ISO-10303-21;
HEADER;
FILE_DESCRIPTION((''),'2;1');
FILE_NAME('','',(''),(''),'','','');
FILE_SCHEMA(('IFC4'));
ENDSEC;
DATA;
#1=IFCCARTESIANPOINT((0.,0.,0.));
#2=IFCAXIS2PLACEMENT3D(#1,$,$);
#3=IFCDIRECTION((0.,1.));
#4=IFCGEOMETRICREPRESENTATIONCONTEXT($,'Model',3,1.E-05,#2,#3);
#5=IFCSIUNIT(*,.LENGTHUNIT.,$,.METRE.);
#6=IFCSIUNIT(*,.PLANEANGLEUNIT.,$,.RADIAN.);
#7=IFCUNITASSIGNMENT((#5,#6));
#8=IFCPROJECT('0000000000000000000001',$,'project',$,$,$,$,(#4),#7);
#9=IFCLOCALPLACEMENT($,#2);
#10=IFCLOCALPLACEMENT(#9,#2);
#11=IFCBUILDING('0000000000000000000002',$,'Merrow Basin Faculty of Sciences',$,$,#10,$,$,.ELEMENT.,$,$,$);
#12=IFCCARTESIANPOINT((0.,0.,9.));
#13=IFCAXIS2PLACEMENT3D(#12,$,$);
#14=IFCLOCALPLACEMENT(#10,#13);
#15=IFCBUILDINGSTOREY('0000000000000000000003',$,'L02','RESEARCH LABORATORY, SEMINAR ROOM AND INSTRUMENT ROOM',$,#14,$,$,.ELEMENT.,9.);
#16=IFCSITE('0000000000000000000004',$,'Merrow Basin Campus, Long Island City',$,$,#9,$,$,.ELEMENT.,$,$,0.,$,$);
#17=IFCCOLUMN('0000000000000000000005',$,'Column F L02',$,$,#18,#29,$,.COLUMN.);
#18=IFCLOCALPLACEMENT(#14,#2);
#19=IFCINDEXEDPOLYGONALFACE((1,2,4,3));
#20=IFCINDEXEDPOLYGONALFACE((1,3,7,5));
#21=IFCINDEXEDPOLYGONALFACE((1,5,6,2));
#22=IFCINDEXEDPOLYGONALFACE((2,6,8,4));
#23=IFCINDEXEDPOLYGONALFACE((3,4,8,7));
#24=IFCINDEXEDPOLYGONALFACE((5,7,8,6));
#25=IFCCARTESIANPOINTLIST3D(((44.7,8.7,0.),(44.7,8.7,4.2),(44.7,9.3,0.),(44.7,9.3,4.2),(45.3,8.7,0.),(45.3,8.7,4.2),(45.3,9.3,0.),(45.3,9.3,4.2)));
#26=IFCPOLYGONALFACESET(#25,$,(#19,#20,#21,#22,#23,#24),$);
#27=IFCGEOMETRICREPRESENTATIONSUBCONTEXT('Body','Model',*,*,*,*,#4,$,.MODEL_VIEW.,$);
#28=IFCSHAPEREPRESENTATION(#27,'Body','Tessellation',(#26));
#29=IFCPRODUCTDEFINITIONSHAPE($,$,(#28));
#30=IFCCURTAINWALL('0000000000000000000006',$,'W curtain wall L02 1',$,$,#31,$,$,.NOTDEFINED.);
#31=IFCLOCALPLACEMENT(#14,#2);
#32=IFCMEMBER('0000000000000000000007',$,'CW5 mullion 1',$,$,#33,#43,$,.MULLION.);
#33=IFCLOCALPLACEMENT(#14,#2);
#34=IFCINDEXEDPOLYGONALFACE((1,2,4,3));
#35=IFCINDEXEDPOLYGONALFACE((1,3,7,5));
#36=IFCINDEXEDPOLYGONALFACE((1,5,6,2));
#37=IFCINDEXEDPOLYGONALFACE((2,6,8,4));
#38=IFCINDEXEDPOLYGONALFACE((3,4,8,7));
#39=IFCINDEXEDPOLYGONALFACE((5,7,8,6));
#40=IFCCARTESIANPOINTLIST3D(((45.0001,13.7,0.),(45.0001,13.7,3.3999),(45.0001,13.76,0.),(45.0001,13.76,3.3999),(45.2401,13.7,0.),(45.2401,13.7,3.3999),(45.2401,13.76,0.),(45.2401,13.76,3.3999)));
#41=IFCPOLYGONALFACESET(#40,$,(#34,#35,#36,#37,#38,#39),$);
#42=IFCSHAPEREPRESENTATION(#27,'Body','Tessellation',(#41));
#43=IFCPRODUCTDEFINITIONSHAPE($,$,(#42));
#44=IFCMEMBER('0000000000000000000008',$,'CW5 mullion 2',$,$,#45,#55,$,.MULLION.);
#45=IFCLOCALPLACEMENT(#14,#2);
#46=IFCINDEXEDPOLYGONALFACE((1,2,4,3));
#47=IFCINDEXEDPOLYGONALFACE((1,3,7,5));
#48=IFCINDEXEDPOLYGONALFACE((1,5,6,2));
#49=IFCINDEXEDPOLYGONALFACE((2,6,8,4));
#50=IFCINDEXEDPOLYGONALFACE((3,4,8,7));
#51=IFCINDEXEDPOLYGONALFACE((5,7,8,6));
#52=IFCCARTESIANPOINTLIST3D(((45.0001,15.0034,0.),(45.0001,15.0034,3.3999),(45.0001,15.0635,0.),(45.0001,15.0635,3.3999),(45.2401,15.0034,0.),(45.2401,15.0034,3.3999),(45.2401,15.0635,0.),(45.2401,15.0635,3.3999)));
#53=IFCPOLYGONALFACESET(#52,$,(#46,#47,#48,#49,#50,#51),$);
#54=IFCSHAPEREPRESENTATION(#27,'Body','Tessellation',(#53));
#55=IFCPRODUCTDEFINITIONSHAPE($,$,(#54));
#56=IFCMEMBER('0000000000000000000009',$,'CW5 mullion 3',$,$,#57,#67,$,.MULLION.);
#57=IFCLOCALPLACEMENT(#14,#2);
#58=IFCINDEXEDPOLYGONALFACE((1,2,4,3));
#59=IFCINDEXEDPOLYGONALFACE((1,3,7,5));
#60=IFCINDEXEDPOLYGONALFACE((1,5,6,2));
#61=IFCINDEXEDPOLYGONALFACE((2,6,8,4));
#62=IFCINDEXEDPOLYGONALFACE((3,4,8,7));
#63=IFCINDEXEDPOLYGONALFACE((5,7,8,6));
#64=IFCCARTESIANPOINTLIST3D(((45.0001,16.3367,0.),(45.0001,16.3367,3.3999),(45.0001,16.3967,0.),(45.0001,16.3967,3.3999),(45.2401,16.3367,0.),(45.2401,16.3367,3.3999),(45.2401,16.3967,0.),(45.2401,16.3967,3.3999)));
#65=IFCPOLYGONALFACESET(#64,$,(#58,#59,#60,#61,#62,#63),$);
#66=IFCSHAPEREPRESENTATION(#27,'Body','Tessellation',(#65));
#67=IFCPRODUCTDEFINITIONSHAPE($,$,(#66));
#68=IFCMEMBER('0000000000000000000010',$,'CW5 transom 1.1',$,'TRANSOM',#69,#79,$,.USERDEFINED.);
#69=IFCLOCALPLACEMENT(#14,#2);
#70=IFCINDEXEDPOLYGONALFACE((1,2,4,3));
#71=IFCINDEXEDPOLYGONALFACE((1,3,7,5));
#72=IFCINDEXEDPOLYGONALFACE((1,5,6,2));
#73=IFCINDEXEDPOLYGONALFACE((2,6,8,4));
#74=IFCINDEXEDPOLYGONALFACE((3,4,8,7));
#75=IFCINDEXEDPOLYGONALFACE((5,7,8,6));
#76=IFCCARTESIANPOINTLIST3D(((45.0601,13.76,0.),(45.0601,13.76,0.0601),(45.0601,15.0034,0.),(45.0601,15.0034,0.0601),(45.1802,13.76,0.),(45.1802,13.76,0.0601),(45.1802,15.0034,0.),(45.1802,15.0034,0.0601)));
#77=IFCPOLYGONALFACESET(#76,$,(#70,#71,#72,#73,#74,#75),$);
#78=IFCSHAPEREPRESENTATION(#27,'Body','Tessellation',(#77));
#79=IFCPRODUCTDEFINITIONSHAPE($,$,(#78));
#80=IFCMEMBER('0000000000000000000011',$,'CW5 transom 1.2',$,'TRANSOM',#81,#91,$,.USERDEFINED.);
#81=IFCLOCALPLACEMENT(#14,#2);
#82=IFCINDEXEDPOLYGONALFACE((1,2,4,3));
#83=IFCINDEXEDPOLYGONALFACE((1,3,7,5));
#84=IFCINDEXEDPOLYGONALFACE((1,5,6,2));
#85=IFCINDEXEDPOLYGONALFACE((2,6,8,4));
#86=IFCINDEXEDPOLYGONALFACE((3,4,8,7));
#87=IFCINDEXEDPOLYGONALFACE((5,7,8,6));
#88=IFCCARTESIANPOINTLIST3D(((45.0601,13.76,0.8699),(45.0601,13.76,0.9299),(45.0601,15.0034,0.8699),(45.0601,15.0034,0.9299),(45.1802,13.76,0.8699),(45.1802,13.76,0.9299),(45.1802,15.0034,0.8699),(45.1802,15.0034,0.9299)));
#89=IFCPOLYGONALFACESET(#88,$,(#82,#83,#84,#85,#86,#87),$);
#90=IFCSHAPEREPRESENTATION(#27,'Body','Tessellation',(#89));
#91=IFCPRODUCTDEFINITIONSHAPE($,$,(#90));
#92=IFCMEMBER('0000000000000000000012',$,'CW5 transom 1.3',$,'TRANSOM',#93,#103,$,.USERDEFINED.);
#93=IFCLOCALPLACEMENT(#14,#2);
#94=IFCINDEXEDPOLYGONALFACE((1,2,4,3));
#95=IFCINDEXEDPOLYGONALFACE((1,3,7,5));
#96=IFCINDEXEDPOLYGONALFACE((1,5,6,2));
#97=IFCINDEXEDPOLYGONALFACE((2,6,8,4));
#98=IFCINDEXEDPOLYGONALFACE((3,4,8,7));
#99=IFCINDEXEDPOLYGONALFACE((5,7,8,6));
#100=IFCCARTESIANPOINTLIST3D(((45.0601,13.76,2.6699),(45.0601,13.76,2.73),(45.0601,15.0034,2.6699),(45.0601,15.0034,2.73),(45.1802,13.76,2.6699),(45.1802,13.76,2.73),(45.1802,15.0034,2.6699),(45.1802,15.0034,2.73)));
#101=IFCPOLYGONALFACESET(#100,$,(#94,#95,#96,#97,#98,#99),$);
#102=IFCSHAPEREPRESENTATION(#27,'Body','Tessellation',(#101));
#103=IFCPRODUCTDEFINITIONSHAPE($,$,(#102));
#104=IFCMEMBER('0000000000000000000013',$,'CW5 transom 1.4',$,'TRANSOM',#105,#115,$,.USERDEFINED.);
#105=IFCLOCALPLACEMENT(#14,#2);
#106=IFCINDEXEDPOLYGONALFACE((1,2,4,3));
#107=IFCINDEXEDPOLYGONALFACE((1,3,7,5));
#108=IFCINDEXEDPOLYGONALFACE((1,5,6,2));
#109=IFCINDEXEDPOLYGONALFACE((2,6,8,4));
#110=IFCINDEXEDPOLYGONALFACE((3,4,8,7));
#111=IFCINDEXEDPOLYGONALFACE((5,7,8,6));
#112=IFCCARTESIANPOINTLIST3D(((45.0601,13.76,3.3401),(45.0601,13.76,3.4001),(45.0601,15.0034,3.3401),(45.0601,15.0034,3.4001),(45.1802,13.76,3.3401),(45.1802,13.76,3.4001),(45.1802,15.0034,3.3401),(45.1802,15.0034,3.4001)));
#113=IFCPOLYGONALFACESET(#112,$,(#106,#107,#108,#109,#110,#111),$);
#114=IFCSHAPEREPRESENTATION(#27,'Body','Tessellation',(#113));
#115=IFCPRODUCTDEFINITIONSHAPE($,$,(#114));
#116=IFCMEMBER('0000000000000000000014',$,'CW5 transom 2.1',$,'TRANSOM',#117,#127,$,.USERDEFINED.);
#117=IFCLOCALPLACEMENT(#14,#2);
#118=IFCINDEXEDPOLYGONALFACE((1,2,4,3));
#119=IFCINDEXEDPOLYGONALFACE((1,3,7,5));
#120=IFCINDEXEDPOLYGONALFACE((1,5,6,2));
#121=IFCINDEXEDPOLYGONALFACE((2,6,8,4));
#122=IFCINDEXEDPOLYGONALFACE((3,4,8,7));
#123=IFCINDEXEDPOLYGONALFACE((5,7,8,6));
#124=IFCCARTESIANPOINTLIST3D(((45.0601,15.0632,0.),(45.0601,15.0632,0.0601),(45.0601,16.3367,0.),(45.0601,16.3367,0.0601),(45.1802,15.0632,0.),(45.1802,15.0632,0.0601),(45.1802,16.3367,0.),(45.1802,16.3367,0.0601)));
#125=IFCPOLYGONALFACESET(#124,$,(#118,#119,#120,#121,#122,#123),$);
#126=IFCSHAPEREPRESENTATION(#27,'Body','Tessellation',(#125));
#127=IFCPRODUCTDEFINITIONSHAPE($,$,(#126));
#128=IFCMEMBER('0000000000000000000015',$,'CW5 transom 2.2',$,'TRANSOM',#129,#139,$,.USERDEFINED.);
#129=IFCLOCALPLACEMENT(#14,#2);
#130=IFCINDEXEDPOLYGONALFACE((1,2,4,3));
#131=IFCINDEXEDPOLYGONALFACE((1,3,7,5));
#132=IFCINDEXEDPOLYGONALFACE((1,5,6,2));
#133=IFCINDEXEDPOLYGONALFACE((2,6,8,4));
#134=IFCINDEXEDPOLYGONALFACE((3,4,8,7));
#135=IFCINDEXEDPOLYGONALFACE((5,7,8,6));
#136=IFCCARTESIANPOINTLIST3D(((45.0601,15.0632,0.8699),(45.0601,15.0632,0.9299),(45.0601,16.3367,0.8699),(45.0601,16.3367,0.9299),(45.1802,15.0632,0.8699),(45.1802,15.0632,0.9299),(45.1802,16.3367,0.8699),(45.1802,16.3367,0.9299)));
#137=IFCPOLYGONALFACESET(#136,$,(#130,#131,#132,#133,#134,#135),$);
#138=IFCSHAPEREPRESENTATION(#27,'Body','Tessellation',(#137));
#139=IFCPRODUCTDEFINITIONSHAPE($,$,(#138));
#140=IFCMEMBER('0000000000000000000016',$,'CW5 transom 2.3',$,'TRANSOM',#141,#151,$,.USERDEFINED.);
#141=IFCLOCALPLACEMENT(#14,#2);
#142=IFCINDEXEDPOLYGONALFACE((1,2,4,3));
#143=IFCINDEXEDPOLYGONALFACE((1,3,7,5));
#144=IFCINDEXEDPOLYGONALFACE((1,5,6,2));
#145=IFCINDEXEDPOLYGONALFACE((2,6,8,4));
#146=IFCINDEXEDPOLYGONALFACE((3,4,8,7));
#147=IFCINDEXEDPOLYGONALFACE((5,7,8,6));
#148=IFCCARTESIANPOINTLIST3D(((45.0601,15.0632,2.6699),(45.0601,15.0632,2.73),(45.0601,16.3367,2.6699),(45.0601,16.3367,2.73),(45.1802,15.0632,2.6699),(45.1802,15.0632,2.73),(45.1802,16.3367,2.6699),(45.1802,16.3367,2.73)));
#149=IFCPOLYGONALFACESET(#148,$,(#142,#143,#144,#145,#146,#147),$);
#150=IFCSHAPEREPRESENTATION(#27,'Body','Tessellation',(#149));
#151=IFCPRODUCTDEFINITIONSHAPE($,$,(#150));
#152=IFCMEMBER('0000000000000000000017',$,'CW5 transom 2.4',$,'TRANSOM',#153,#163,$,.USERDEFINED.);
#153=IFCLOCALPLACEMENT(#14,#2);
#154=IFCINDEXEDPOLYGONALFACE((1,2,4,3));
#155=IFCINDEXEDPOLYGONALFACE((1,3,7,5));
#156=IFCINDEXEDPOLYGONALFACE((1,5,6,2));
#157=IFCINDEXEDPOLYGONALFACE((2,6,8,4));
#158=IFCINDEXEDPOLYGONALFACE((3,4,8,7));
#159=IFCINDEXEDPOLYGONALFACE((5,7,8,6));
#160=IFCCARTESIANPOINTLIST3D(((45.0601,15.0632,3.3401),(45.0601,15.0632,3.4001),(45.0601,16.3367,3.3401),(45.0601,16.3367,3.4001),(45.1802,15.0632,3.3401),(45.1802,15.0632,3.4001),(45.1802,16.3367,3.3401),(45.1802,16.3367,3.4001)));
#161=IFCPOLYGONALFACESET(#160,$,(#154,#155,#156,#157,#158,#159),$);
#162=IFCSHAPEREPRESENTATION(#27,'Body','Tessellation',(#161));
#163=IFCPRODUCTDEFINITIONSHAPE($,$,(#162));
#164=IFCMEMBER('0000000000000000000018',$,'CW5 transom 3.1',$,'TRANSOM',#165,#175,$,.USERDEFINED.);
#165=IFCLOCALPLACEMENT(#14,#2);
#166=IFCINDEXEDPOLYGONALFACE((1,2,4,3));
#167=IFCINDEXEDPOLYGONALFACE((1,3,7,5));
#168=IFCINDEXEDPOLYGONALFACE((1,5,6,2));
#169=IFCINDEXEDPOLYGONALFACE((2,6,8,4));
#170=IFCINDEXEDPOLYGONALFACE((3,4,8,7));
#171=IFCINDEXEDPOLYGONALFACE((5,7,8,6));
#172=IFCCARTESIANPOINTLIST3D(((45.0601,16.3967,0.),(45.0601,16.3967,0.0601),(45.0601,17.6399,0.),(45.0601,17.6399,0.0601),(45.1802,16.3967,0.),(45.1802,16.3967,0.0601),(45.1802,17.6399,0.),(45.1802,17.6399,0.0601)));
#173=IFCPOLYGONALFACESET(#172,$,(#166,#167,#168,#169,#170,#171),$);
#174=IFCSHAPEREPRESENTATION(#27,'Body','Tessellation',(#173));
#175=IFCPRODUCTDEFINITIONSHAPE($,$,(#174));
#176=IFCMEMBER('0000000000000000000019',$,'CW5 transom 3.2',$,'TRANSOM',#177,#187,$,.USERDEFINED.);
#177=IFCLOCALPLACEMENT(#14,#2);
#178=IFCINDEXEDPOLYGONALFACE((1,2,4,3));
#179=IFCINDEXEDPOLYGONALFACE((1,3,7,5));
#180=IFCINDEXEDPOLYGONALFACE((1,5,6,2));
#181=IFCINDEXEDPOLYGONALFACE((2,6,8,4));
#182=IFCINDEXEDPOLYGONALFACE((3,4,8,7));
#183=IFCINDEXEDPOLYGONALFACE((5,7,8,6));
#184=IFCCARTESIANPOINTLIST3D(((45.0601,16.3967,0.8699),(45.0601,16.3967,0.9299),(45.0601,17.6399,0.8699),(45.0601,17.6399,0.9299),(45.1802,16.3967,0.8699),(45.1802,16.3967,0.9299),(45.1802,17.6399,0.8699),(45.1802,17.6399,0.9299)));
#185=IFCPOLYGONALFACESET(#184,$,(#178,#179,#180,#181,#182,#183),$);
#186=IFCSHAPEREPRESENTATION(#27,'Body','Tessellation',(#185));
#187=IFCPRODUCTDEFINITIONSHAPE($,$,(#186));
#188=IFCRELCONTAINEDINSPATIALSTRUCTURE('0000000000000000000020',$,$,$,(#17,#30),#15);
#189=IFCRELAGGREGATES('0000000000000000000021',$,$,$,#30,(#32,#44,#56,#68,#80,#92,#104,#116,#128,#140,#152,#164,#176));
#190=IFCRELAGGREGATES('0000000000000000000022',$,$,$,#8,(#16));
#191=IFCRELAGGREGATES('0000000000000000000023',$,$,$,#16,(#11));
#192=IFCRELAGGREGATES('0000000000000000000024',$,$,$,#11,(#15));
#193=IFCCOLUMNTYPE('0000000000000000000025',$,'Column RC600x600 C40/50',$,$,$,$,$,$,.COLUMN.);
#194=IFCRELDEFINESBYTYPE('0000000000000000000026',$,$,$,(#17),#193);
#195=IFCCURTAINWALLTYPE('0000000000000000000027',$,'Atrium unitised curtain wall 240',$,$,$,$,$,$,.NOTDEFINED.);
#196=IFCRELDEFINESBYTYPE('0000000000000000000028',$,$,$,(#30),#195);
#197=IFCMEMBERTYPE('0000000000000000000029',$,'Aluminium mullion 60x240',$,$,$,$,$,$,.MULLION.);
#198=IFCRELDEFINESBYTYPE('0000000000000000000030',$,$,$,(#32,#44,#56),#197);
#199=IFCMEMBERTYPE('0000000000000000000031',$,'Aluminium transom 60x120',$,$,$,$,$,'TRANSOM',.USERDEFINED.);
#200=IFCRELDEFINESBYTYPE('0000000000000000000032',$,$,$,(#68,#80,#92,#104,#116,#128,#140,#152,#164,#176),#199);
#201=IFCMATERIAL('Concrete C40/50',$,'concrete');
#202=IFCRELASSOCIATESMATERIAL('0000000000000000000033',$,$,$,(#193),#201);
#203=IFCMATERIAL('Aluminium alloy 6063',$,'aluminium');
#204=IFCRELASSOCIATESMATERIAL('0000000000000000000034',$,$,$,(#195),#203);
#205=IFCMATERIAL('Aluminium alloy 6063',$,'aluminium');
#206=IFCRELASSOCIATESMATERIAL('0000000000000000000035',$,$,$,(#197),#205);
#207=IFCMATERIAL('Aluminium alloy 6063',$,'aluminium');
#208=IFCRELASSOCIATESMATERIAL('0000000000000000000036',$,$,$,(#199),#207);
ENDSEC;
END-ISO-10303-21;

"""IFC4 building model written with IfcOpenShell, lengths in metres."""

from ifc_helpers import new_model, si_unit, direction, frame, origin, origin_2d, place, context, subcontext, project, spatial, rectangle, extrude, material, material_profile, profile_set, type_object, element, aggregate, save


model = new_model("IFC4")

# Units and contexts
model_context = context("Model", 3, precision=1e-05, world=origin(), true_north=direction((0.0, 1.0)))
body_context = subcontext(model_context, "Body", "Model", "MODEL_VIEW")
ifc_project = project(units=[si_unit("LENGTHUNIT", "METRE"), si_unit("PLANEANGLEUNIT", "RADIAN")], contexts=[model_context])

# Site, building, storey
site_placement = place(None, origin())
site = spatial("IfcSite", under=ifc_project, at=site_placement, Name="Merrow Basin Campus, Long Island City", CompositionType="ELEMENT", RefElevation=0.0)
building_placement = place(site_placement, origin())
building = spatial("IfcBuilding", under=site, at=building_placement, Name="Merrow Basin Faculty of Sciences", CompositionType="ELEMENT")
storey_placement = place(building_placement, frame((0.0, 0.0, 9.0)))
storey = spatial("IfcBuildingStorey", under=building, at=storey_placement, Name="L02", Description="RESEARCH LABORATORY, SEMINAR ROOM AND INSTRUMENT ROOM", CompositionType="ELEMENT", Elevation=9.0)

# Column
ifc_material_1 = material(Name="Concrete C40/50", Category="concrete")
ifc_material_profile_1 = material_profile(ifc_material_1, rectangle(XDim=0.6001, YDim=0.6001, at=origin_2d()))
ifc_profile_set_1 = profile_set([ifc_material_profile_1], Name="Concrete C40/50")
column_type = type_object("IfcColumnType", Name="Column RC600x600 C40/50", PredefinedType="COLUMN", material=ifc_profile_set_1)
column_placement = place(storey_placement, frame((45.0, 9.0, 0.0), z_axis=(0.0, 0.0, 1.0), x_axis=(1.0, 0.0, 0.0)))
element("IfcColumn", 1, at=column_placement, inside=storey, type_object=column_type, Name="Column F L02", PredefinedType="COLUMN", context=body_context, shape_type="SweptSolid", body=[
    extrude(rectangle(XDim=0.6001, YDim=0.6001, at=origin_2d()), origin(), (0.0, 0.0, 1.0), 4.2),
])

# Curtain wall, members
ifc_material_2 = material(Name="Aluminium alloy 6063", Category="aluminium")
curtain_wall_type = type_object("IfcCurtainWallType", Name="Atrium unitised curtain wall 240", PredefinedType="NOTDEFINED", material=ifc_material_2)
curtain_wall_placement = place(storey_placement, origin())
curtain_wall = element("IfcCurtainWall", 2, at=curtain_wall_placement, inside=storey, type_object=curtain_wall_type, Name="W curtain wall L02 1", PredefinedType="NOTDEFINED")
ifc_material_3 = material(Name="Aluminium alloy 6063", Category="aluminium")
ifc_material_profile_2 = material_profile(ifc_material_3, rectangle(XDim=0.24, YDim=0.0601, at=origin_2d()))
ifc_profile_set_2 = profile_set([ifc_material_profile_2], Name="Aluminium alloy 6063")
member_type_1 = type_object("IfcMemberType", Name="Aluminium mullion 60x240", PredefinedType="MULLION", material=ifc_profile_set_2)
member_1_placement = place(storey_placement, frame((45.1201, 13.73, 0.0), z_axis=(0.0, 0.0, 1.0), x_axis=(-1.0, 0.0, 0.0)))
member_1 = element("IfcMember", 3, at=member_1_placement, type_object=member_type_1, Name="CW5 mullion 1", PredefinedType="MULLION", context=body_context, shape_type="SweptSolid", body=[
    extrude(rectangle(XDim=0.24, YDim=0.0601, at=origin_2d()), origin(), (0.0, 0.0, 1.0), 3.3999),
])
member_2_placement = place(storey_placement, frame((45.1201, 15.0334, 0.0), z_axis=(0.0, 0.0, 1.0), x_axis=(-1.0, 0.0, 0.0)))
member_2 = element("IfcMember", 4, at=member_2_placement, type_object=member_type_1, Name="CW5 mullion 2", PredefinedType="MULLION", context=body_context, shape_type="SweptSolid", body=[
    extrude(rectangle(XDim=0.24, YDim=0.0601, at=origin_2d()), origin(), (0.0, 0.0, 1.0), 3.3999),
])
member_3_placement = place(storey_placement, frame((45.1201, 16.3667, 0.0), z_axis=(0.0, 0.0, 1.0), x_axis=(-1.0, 0.0, 0.0)))
member_3 = element("IfcMember", 5, at=member_3_placement, type_object=member_type_1, Name="CW5 mullion 3", PredefinedType="MULLION", context=body_context, shape_type="SweptSolid", body=[
    extrude(rectangle(XDim=0.24, YDim=0.0601, at=origin_2d()), origin(), (0.0, 0.0, 1.0), 3.3999),
])
ifc_material_4 = material(Name="Aluminium alloy 6063", Category="aluminium")
ifc_material_profile_3 = material_profile(ifc_material_4, rectangle(XDim=0.1201, YDim=0.0601, at=origin_2d()))
ifc_profile_set_3 = profile_set([ifc_material_profile_3], Name="Aluminium alloy 6063")
member_type_2 = type_object("IfcMemberType", Name="Aluminium transom 60x120", ElementType="TRANSOM", PredefinedType="USERDEFINED", material=ifc_profile_set_3)
member_4_placement = place(storey_placement, frame((45.1201, 13.76, 0.03), z_axis=(0.0, 1.0, 0.0), x_axis=(-1.0, 0.0, 0.0)))
member_4 = element("IfcMember", 6, at=member_4_placement, type_object=member_type_2, Name="CW5 transom 1.1", ObjectType="TRANSOM", PredefinedType="USERDEFINED", context=body_context, shape_type="SweptSolid", body=[
    extrude(rectangle(XDim=0.1201, YDim=0.0601, at=origin_2d()), origin(), (0.0, 0.0, 1.0), 1.2434),
])
member_5_placement = place(storey_placement, frame((45.1201, 13.76, 0.8999), z_axis=(0.0, 1.0, 0.0), x_axis=(-1.0, 0.0, 0.0)))
member_5 = element("IfcMember", 7, at=member_5_placement, type_object=member_type_2, Name="CW5 transom 1.2", ObjectType="TRANSOM", PredefinedType="USERDEFINED", context=body_context, shape_type="SweptSolid", body=[
    extrude(rectangle(XDim=0.1201, YDim=0.0601, at=origin_2d()), origin(), (0.0, 0.0, 1.0), 1.2434),
])
member_6_placement = place(storey_placement, frame((45.1201, 13.76, 2.7), z_axis=(0.0, 1.0, 0.0), x_axis=(-1.0, 0.0, 0.0)))
member_6 = element("IfcMember", 8, at=member_6_placement, type_object=member_type_2, Name="CW5 transom 1.3", ObjectType="TRANSOM", PredefinedType="USERDEFINED", context=body_context, shape_type="SweptSolid", body=[
    extrude(rectangle(XDim=0.1201, YDim=0.0601, at=origin_2d()), origin(), (0.0, 0.0, 1.0), 1.2434),
])
member_7_placement = place(storey_placement, frame((45.1201, 13.76, 3.3701), z_axis=(0.0, 1.0, 0.0), x_axis=(-1.0, 0.0, 0.0)))
member_7 = element("IfcMember", 9, at=member_7_placement, type_object=member_type_2, Name="CW5 transom 1.4", ObjectType="TRANSOM", PredefinedType="USERDEFINED", context=body_context, shape_type="SweptSolid", body=[
    extrude(rectangle(XDim=0.1201, YDim=0.0601, at=origin_2d()), origin(), (0.0, 0.0, 1.0), 1.2434),
])
member_8_placement = place(storey_placement, frame((45.1201, 15.0632, 0.03), z_axis=(0.0, 1.0, 0.0), x_axis=(-1.0, 0.0, 0.0)))
member_8 = element("IfcMember", 10, at=member_8_placement, type_object=member_type_2, Name="CW5 transom 2.1", ObjectType="TRANSOM", PredefinedType="USERDEFINED", context=body_context, shape_type="SweptSolid", body=[
    extrude(rectangle(XDim=0.1201, YDim=0.0601, at=origin_2d()), origin(), (0.0, 0.0, 1.0), 1.2734),
])
member_9_placement = place(storey_placement, frame((45.1201, 15.0632, 0.8999), z_axis=(0.0, 1.0, 0.0), x_axis=(-1.0, 0.0, 0.0)))
member_9 = element("IfcMember", 11, at=member_9_placement, type_object=member_type_2, Name="CW5 transom 2.2", ObjectType="TRANSOM", PredefinedType="USERDEFINED", context=body_context, shape_type="SweptSolid", body=[
    extrude(rectangle(XDim=0.1201, YDim=0.0601, at=origin_2d()), origin(), (0.0, 0.0, 1.0), 1.2734),
])
member_10_placement = place(storey_placement, frame((45.1201, 15.0632, 2.7), z_axis=(0.0, 1.0, 0.0), x_axis=(-1.0, 0.0, 0.0)))
member_10 = element("IfcMember", 12, at=member_10_placement, type_object=member_type_2, Name="CW5 transom 2.3", ObjectType="TRANSOM", PredefinedType="USERDEFINED", context=body_context, shape_type="SweptSolid", body=[
    extrude(rectangle(XDim=0.1201, YDim=0.0601, at=origin_2d()), origin(), (0.0, 0.0, 1.0), 1.2734),
])
member_11_placement = place(storey_placement, frame((45.1201, 15.0632, 3.3701), z_axis=(0.0, 1.0, 0.0), x_axis=(-1.0, 0.0, 0.0)))
member_11 = element("IfcMember", 13, at=member_11_placement, type_object=member_type_2, Name="CW5 transom 2.4", ObjectType="TRANSOM", PredefinedType="USERDEFINED", context=body_context, shape_type="SweptSolid", body=[
    extrude(rectangle(XDim=0.1201, YDim=0.0601, at=origin_2d()), origin(), (0.0, 0.0, 1.0), 1.2734),
])
member_12_placement = place(storey_placement, frame((45.1201, 16.3967, 0.03), z_axis=(0.0, 1.0, 0.0), x_axis=(-1.0, 0.0, 0.0)))
member_12 = element("IfcMember", 14, at=member_12_placement, type_object=member_type_2, Name="CW5 transom 3.1", ObjectType="TRANSOM", PredefinedType="USERDEFINED", context=body_context, shape_type="SweptSolid", body=[
    extrude(rectangle(XDim=0.1201, YDim=0.0601, at=origin_2d()), origin(), (0.0, 0.0, 1.0), 1.2432),
])
member_13_placement = place(storey_placement, frame((45.1201, 16.3967, 0.8999), z_axis=(0.0, 1.0, 0.0), x_axis=(-1.0, 0.0, 0.0)))
member_13 = element("IfcMember", 15, at=member_13_placement, type_object=member_type_2, Name="CW5 transom 3.2", ObjectType="TRANSOM", PredefinedType="USERDEFINED", context=body_context, shape_type="SweptSolid", body=[
    extrude(rectangle(XDim=0.1201, YDim=0.0601, at=origin_2d()), origin(), (0.0, 0.0, 1.0), 1.2432),
])

aggregate(curtain_wall, [member_1, member_2, member_3, member_4, member_5, member_6, member_7, member_8, member_9, member_10, member_11, member_12, member_13])

save(model, "model.ifc")
